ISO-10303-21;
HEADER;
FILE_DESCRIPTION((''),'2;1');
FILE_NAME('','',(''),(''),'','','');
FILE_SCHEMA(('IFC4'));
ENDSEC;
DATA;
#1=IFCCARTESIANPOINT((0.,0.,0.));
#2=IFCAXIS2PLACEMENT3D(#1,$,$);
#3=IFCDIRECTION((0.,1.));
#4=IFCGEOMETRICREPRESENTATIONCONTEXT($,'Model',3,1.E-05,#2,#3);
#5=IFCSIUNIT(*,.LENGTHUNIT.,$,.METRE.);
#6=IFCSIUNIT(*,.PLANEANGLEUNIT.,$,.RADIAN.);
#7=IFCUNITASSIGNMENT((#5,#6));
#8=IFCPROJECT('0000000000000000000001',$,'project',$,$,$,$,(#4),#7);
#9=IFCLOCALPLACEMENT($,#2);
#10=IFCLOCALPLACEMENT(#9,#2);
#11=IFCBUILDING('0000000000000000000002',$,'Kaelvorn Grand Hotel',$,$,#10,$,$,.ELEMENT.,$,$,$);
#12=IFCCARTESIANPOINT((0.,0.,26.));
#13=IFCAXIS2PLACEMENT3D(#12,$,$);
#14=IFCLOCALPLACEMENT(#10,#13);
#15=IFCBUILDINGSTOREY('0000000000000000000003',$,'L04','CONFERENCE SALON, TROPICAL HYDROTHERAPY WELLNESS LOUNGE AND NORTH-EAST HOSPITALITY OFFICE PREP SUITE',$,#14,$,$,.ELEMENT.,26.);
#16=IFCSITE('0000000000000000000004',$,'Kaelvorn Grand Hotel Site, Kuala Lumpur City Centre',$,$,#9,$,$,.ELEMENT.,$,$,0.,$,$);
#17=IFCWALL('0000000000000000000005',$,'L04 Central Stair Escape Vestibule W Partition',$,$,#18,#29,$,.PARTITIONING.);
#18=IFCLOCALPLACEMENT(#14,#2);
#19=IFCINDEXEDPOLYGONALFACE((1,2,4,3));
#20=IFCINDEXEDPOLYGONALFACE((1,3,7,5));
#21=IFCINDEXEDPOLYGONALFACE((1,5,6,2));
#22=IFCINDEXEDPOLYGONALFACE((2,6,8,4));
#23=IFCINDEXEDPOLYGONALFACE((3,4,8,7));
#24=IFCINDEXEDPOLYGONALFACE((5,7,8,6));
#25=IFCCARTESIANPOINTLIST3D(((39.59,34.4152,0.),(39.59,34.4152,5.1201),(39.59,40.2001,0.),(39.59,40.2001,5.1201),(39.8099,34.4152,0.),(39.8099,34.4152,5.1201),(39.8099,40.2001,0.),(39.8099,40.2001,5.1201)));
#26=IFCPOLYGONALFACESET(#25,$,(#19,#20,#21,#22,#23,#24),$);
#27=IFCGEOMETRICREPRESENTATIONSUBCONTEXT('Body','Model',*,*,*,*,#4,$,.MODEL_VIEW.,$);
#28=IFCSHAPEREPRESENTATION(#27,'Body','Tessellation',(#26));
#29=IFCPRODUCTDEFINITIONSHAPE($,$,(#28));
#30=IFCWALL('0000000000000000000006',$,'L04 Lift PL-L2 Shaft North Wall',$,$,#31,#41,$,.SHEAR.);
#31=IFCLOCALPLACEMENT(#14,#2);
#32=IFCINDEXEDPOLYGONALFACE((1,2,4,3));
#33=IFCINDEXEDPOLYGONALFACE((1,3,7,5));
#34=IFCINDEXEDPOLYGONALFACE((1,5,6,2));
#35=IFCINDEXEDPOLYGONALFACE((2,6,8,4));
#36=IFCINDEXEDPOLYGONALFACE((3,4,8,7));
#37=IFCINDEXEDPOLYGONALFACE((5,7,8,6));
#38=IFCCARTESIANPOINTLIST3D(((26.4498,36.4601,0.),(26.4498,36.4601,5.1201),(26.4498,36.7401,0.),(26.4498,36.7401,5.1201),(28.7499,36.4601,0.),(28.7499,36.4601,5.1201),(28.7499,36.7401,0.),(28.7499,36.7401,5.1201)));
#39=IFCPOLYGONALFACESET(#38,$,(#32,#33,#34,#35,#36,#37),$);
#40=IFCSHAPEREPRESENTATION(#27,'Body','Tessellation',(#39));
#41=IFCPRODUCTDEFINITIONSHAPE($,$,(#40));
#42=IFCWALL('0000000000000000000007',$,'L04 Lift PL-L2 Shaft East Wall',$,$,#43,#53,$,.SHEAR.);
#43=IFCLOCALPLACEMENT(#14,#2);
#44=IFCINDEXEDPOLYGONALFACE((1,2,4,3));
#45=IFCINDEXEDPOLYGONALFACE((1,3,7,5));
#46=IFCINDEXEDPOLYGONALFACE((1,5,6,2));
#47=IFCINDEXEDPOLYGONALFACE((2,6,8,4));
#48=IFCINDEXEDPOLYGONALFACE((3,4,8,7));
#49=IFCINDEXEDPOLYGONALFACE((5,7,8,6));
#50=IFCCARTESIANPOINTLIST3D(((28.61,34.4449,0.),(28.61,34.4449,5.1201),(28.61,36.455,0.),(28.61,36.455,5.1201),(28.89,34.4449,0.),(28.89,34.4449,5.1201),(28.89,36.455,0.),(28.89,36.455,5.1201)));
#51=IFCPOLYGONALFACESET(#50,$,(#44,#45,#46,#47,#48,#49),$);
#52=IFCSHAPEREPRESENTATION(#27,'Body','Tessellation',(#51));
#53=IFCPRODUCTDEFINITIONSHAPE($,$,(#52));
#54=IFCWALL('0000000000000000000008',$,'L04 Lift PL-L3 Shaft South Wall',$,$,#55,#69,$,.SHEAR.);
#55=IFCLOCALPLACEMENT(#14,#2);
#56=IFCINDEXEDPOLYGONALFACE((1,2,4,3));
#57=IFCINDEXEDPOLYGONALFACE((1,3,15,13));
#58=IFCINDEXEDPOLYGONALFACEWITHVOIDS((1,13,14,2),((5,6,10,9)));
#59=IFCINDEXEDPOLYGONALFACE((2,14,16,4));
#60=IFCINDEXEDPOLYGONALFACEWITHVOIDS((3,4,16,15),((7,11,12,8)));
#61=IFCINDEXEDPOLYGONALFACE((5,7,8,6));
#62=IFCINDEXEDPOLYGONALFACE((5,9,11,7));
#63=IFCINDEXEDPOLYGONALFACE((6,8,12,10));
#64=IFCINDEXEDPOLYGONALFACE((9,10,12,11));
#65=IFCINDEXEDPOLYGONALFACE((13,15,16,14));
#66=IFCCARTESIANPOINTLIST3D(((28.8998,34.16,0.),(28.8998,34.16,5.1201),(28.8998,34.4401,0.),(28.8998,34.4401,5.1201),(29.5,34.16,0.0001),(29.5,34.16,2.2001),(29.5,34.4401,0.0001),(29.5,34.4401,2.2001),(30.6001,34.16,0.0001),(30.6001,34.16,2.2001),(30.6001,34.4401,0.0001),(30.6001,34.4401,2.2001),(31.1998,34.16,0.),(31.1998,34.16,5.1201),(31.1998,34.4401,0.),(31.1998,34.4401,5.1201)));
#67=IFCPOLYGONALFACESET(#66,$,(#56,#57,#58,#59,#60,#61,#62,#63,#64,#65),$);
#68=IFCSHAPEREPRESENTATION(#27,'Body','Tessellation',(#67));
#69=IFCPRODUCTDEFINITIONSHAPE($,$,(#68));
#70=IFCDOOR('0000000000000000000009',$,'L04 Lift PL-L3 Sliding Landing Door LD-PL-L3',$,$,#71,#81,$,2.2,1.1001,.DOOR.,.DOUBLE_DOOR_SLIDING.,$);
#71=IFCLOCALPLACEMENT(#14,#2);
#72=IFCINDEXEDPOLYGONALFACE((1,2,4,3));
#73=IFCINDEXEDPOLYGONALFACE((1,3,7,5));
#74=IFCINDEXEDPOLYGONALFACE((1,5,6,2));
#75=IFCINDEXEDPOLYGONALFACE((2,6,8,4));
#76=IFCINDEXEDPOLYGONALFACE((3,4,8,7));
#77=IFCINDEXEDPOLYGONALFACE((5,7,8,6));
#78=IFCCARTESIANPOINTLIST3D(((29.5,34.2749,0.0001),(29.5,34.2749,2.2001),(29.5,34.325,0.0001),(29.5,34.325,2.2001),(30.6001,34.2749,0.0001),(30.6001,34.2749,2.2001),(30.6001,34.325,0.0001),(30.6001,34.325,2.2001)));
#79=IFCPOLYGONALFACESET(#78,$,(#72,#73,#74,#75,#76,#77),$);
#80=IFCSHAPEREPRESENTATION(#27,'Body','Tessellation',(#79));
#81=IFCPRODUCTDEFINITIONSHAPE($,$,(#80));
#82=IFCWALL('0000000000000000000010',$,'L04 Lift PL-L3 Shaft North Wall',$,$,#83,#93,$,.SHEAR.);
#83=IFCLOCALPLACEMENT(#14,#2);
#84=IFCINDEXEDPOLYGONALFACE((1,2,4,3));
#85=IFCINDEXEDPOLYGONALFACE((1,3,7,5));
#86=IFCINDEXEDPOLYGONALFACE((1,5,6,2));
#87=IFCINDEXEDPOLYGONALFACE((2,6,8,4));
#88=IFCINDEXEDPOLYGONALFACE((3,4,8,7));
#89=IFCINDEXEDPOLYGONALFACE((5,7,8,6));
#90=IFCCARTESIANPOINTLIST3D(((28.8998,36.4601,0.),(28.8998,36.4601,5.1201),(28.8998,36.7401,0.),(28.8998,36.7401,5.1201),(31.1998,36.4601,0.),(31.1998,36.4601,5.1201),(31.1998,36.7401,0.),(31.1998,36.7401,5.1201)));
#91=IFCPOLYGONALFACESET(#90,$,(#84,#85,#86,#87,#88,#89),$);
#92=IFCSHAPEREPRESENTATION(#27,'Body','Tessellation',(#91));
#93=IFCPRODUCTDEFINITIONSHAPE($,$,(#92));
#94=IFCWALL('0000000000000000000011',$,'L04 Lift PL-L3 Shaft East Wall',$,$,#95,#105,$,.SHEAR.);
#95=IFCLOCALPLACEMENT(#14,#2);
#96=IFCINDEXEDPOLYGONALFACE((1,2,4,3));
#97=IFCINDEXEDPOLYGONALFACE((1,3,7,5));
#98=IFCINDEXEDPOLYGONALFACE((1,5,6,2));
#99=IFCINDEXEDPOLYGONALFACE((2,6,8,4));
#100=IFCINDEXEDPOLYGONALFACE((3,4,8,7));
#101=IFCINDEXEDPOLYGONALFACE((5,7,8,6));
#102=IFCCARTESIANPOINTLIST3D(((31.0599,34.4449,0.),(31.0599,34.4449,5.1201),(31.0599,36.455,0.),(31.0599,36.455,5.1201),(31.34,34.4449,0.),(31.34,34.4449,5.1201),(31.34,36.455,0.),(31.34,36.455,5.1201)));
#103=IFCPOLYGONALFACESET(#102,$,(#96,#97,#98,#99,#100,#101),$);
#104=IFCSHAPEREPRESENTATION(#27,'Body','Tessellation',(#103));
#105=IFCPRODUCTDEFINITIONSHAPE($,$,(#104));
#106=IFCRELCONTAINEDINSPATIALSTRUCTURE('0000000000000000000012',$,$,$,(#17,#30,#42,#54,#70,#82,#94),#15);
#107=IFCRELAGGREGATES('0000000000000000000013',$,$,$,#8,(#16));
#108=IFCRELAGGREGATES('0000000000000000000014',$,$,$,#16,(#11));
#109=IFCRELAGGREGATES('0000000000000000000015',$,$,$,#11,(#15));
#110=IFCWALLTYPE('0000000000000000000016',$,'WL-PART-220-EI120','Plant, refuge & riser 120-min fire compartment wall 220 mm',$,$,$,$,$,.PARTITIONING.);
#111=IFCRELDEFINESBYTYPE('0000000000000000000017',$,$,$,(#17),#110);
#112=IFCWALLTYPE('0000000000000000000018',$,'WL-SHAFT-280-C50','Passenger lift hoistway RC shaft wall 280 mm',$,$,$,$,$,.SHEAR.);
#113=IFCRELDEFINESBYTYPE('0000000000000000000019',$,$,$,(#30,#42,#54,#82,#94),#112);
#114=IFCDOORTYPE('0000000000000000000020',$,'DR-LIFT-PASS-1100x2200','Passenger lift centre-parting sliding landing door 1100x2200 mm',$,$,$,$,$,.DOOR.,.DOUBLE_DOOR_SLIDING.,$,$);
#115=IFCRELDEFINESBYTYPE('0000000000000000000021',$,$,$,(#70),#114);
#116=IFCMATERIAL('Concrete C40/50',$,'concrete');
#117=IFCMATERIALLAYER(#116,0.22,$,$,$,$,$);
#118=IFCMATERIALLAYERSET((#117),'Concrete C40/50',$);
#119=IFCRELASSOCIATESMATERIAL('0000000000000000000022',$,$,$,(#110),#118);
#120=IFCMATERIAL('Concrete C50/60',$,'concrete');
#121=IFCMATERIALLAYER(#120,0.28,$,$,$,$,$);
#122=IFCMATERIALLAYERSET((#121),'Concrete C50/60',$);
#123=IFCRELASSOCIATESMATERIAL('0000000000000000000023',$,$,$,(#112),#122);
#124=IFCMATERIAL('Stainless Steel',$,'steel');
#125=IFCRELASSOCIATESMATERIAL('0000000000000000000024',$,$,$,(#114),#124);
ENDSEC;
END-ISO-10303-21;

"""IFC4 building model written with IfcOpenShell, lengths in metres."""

from ifc_helpers import new_model, si_unit, direction, frame, frame_2d, origin, place, context, subcontext, project, spatial, rectangle, extrude, material, layer, layer_set, type_object, element, fill, save


model = new_model("IFC4")

# Units and contexts
model_context = context("Model", 3, precision=1e-05, world=origin(), true_north=direction((0.0, 1.0)))
body_context = subcontext(model_context, "Body", "Model", "MODEL_VIEW")
ifc_project = project(units=[si_unit("LENGTHUNIT", "METRE"), si_unit("PLANEANGLEUNIT", "RADIAN")], contexts=[model_context])

# Site, building, storey
site_placement = place(None, origin())
site = spatial("IfcSite", under=ifc_project, at=site_placement, Name="Kaelvorn Grand Hotel Site, Kuala Lumpur City Centre", CompositionType="ELEMENT", RefElevation=0.0)
building_placement = place(site_placement, origin())
building = spatial("IfcBuilding", under=site, at=building_placement, Name="Kaelvorn Grand Hotel", CompositionType="ELEMENT")
storey_placement = place(building_placement, frame((0.0, 0.0, 26.0)))
storey = spatial("IfcBuildingStorey", under=building, at=storey_placement, Name="L04", Description="CONFERENCE SALON, TROPICAL HYDROTHERAPY WELLNESS LOUNGE AND NORTH-EAST HOSPITALITY OFFICE PREP SUITE", CompositionType="ELEMENT", Elevation=26.0)

# Shared definitions
ifc_material_1 = material(Name="Concrete C40/50", Category="concrete")
ifc_layer_1 = layer(ifc_material_1, 0.22)
ifc_layer_set_1 = layer_set([ifc_layer_1], Name="Concrete C40/50")
wall_type_1 = type_object("IfcWallType", Name="WL-PART-220-EI120", Description="Plant, refuge & riser 120-min fire compartment wall 220 mm", PredefinedType="PARTITIONING", material=ifc_layer_set_1)

# Walls
wall_1_placement = place(storey_placement, frame((39.7, 34.415, 0.0), z_axis=(0.0, 0.0, 1.0), x_axis=(0.0, 1.0, 0.0)))
element("IfcWall", 1, at=wall_1_placement, inside=storey, type_object=wall_type_1, Name="L04 Central Stair Escape Vestibule W Partition", PredefinedType="PARTITIONING", context=body_context, shape_type="SweptSolid", body=[
    extrude(rectangle(XDim=5.7849, YDim=0.22, at=frame_2d((2.8926, 0.0))), origin(), (0.0, 0.0, 1.0), 5.1201),
])
ifc_material_2 = material(Name="Concrete C50/60", Category="concrete")
ifc_layer_2 = layer(ifc_material_2, 0.28)
ifc_layer_set_2 = layer_set([ifc_layer_2], Name="Concrete C50/60")
wall_type_2 = type_object("IfcWallType", Name="WL-SHAFT-280-C50", Description="Passenger lift hoistway RC shaft wall 280 mm", PredefinedType="SHEAR", material=ifc_layer_set_2)
wall_2_placement = place(storey_placement, frame((26.45, 36.6001, 0.0), z_axis=(0.0, 0.0, 1.0), x_axis=(1.0, 0.0, 0.0)))
element("IfcWall", 2, at=wall_2_placement, inside=storey, type_object=wall_type_2, Name="L04 Lift PL-L2 Shaft North Wall", PredefinedType="SHEAR", context=body_context, shape_type="SweptSolid", body=[
    extrude(rectangle(XDim=2.3, YDim=0.28, at=frame_2d((1.1499, 0.0))), origin(), (0.0, 0.0, 1.0), 5.1201),
])
wall_3_placement = place(storey_placement, frame((28.75, 34.4451, 0.0), z_axis=(0.0, 0.0, 1.0), x_axis=(0.0, 1.0, 0.0)))
element("IfcWall", 3, at=wall_3_placement, inside=storey, type_object=wall_type_2, Name="L04 Lift PL-L2 Shaft East Wall", PredefinedType="SHEAR", context=body_context, shape_type="SweptSolid", body=[
    extrude(rectangle(XDim=2.01, YDim=0.28, at=frame_2d((1.0049, 0.0))), origin(), (0.0, 0.0, 1.0), 5.1201),
])

# Wall, opening, door
wall_4_placement = place(storey_placement, frame((28.8999, 34.3, 0.0), z_axis=(0.0, 0.0, 1.0), x_axis=(1.0, 0.0, 0.0)))
wall_4 = element("IfcWall", 4, at=wall_4_placement, inside=storey, type_object=wall_type_2, Name="L04 Lift PL-L3 Shaft South Wall", PredefinedType="SHEAR", context=body_context, shape_type="SweptSolid", body=[
    extrude(rectangle(XDim=2.3, YDim=0.28, at=frame_2d((1.1499, 0.0))), origin(), (0.0, 0.0, 1.0), 5.1201),
])
opening_1_placement = place(wall_4_placement, frame((0.6001, 0.0, 0.0)))
opening_1 = element("IfcOpeningElement", 5, at=opening_1_placement, cuts=wall_4, PredefinedType="OPENING", context=body_context, shape_type="SweptSolid", body=[
    extrude(rectangle(XDim=1.1001, YDim=2.2, at=frame_2d((0.55, 1.1001))), frame((0.0, 0.1499, 0.0), z_axis=(0.0, -1.0, 0.0), x_axis=(1.0, 0.0, 0.0)), (0.0, 0.0, 1.0), 0.3),
])
ifc_material_3 = material(Name="Stainless Steel", Category="steel")
door_type_1 = type_object("IfcDoorType", Name="DR-LIFT-PASS-1100x2200", Description="Passenger lift centre-parting sliding landing door 1100x2200 mm", OperationType="DOUBLE_DOOR_SLIDING", PredefinedType="DOOR", material=ifc_material_3)
door_1_placement = place(opening_1_placement, origin())
door_1 = element("IfcDoor", 6, at=door_1_placement, inside=storey, type_object=door_type_1, Name="L04 Lift PL-L3 Sliding Landing Door LD-PL-L3", OperationType="DOUBLE_DOOR_SLIDING", OverallHeight=2.2, OverallWidth=1.1001, PredefinedType="DOOR", context=body_context, shape_type="SweptSolid", body=[
    extrude(rectangle(XDim=1.1001, YDim=2.2, at=frame_2d((0.55, 1.1001))), frame((0.0, 0.0249, 0.0), z_axis=(0.0, -1.0, 0.0), x_axis=(1.0, 0.0, 0.0)), (0.0, 0.0, 1.0), 0.05),
])
fill(opening_1, door_1)

# Walls
wall_5_placement = place(storey_placement, frame((28.8999, 36.6001, 0.0), z_axis=(0.0, 0.0, 1.0), x_axis=(1.0, 0.0, 0.0)))
element("IfcWall", 7, at=wall_5_placement, inside=storey, type_object=wall_type_2, Name="L04 Lift PL-L3 Shaft North Wall", PredefinedType="SHEAR", context=body_context, shape_type="SweptSolid", body=[
    extrude(rectangle(XDim=2.3, YDim=0.28, at=frame_2d((1.1499, 0.0))), origin(), (0.0, 0.0, 1.0), 5.1201),
])
wall_6_placement = place(storey_placement, frame((31.2, 34.4451, 0.0), z_axis=(0.0, 0.0, 1.0), x_axis=(0.0, 1.0, 0.0)))
element("IfcWall", 8, at=wall_6_placement, inside=storey, type_object=wall_type_2, Name="L04 Lift PL-L3 Shaft East Wall", PredefinedType="SHEAR", context=body_context, shape_type="SweptSolid", body=[
    extrude(rectangle(XDim=2.01, YDim=0.28, at=frame_2d((1.0049, 0.0))), origin(), (0.0, 0.0, 1.0), 5.1201),
])

save(model, "model.ifc")
